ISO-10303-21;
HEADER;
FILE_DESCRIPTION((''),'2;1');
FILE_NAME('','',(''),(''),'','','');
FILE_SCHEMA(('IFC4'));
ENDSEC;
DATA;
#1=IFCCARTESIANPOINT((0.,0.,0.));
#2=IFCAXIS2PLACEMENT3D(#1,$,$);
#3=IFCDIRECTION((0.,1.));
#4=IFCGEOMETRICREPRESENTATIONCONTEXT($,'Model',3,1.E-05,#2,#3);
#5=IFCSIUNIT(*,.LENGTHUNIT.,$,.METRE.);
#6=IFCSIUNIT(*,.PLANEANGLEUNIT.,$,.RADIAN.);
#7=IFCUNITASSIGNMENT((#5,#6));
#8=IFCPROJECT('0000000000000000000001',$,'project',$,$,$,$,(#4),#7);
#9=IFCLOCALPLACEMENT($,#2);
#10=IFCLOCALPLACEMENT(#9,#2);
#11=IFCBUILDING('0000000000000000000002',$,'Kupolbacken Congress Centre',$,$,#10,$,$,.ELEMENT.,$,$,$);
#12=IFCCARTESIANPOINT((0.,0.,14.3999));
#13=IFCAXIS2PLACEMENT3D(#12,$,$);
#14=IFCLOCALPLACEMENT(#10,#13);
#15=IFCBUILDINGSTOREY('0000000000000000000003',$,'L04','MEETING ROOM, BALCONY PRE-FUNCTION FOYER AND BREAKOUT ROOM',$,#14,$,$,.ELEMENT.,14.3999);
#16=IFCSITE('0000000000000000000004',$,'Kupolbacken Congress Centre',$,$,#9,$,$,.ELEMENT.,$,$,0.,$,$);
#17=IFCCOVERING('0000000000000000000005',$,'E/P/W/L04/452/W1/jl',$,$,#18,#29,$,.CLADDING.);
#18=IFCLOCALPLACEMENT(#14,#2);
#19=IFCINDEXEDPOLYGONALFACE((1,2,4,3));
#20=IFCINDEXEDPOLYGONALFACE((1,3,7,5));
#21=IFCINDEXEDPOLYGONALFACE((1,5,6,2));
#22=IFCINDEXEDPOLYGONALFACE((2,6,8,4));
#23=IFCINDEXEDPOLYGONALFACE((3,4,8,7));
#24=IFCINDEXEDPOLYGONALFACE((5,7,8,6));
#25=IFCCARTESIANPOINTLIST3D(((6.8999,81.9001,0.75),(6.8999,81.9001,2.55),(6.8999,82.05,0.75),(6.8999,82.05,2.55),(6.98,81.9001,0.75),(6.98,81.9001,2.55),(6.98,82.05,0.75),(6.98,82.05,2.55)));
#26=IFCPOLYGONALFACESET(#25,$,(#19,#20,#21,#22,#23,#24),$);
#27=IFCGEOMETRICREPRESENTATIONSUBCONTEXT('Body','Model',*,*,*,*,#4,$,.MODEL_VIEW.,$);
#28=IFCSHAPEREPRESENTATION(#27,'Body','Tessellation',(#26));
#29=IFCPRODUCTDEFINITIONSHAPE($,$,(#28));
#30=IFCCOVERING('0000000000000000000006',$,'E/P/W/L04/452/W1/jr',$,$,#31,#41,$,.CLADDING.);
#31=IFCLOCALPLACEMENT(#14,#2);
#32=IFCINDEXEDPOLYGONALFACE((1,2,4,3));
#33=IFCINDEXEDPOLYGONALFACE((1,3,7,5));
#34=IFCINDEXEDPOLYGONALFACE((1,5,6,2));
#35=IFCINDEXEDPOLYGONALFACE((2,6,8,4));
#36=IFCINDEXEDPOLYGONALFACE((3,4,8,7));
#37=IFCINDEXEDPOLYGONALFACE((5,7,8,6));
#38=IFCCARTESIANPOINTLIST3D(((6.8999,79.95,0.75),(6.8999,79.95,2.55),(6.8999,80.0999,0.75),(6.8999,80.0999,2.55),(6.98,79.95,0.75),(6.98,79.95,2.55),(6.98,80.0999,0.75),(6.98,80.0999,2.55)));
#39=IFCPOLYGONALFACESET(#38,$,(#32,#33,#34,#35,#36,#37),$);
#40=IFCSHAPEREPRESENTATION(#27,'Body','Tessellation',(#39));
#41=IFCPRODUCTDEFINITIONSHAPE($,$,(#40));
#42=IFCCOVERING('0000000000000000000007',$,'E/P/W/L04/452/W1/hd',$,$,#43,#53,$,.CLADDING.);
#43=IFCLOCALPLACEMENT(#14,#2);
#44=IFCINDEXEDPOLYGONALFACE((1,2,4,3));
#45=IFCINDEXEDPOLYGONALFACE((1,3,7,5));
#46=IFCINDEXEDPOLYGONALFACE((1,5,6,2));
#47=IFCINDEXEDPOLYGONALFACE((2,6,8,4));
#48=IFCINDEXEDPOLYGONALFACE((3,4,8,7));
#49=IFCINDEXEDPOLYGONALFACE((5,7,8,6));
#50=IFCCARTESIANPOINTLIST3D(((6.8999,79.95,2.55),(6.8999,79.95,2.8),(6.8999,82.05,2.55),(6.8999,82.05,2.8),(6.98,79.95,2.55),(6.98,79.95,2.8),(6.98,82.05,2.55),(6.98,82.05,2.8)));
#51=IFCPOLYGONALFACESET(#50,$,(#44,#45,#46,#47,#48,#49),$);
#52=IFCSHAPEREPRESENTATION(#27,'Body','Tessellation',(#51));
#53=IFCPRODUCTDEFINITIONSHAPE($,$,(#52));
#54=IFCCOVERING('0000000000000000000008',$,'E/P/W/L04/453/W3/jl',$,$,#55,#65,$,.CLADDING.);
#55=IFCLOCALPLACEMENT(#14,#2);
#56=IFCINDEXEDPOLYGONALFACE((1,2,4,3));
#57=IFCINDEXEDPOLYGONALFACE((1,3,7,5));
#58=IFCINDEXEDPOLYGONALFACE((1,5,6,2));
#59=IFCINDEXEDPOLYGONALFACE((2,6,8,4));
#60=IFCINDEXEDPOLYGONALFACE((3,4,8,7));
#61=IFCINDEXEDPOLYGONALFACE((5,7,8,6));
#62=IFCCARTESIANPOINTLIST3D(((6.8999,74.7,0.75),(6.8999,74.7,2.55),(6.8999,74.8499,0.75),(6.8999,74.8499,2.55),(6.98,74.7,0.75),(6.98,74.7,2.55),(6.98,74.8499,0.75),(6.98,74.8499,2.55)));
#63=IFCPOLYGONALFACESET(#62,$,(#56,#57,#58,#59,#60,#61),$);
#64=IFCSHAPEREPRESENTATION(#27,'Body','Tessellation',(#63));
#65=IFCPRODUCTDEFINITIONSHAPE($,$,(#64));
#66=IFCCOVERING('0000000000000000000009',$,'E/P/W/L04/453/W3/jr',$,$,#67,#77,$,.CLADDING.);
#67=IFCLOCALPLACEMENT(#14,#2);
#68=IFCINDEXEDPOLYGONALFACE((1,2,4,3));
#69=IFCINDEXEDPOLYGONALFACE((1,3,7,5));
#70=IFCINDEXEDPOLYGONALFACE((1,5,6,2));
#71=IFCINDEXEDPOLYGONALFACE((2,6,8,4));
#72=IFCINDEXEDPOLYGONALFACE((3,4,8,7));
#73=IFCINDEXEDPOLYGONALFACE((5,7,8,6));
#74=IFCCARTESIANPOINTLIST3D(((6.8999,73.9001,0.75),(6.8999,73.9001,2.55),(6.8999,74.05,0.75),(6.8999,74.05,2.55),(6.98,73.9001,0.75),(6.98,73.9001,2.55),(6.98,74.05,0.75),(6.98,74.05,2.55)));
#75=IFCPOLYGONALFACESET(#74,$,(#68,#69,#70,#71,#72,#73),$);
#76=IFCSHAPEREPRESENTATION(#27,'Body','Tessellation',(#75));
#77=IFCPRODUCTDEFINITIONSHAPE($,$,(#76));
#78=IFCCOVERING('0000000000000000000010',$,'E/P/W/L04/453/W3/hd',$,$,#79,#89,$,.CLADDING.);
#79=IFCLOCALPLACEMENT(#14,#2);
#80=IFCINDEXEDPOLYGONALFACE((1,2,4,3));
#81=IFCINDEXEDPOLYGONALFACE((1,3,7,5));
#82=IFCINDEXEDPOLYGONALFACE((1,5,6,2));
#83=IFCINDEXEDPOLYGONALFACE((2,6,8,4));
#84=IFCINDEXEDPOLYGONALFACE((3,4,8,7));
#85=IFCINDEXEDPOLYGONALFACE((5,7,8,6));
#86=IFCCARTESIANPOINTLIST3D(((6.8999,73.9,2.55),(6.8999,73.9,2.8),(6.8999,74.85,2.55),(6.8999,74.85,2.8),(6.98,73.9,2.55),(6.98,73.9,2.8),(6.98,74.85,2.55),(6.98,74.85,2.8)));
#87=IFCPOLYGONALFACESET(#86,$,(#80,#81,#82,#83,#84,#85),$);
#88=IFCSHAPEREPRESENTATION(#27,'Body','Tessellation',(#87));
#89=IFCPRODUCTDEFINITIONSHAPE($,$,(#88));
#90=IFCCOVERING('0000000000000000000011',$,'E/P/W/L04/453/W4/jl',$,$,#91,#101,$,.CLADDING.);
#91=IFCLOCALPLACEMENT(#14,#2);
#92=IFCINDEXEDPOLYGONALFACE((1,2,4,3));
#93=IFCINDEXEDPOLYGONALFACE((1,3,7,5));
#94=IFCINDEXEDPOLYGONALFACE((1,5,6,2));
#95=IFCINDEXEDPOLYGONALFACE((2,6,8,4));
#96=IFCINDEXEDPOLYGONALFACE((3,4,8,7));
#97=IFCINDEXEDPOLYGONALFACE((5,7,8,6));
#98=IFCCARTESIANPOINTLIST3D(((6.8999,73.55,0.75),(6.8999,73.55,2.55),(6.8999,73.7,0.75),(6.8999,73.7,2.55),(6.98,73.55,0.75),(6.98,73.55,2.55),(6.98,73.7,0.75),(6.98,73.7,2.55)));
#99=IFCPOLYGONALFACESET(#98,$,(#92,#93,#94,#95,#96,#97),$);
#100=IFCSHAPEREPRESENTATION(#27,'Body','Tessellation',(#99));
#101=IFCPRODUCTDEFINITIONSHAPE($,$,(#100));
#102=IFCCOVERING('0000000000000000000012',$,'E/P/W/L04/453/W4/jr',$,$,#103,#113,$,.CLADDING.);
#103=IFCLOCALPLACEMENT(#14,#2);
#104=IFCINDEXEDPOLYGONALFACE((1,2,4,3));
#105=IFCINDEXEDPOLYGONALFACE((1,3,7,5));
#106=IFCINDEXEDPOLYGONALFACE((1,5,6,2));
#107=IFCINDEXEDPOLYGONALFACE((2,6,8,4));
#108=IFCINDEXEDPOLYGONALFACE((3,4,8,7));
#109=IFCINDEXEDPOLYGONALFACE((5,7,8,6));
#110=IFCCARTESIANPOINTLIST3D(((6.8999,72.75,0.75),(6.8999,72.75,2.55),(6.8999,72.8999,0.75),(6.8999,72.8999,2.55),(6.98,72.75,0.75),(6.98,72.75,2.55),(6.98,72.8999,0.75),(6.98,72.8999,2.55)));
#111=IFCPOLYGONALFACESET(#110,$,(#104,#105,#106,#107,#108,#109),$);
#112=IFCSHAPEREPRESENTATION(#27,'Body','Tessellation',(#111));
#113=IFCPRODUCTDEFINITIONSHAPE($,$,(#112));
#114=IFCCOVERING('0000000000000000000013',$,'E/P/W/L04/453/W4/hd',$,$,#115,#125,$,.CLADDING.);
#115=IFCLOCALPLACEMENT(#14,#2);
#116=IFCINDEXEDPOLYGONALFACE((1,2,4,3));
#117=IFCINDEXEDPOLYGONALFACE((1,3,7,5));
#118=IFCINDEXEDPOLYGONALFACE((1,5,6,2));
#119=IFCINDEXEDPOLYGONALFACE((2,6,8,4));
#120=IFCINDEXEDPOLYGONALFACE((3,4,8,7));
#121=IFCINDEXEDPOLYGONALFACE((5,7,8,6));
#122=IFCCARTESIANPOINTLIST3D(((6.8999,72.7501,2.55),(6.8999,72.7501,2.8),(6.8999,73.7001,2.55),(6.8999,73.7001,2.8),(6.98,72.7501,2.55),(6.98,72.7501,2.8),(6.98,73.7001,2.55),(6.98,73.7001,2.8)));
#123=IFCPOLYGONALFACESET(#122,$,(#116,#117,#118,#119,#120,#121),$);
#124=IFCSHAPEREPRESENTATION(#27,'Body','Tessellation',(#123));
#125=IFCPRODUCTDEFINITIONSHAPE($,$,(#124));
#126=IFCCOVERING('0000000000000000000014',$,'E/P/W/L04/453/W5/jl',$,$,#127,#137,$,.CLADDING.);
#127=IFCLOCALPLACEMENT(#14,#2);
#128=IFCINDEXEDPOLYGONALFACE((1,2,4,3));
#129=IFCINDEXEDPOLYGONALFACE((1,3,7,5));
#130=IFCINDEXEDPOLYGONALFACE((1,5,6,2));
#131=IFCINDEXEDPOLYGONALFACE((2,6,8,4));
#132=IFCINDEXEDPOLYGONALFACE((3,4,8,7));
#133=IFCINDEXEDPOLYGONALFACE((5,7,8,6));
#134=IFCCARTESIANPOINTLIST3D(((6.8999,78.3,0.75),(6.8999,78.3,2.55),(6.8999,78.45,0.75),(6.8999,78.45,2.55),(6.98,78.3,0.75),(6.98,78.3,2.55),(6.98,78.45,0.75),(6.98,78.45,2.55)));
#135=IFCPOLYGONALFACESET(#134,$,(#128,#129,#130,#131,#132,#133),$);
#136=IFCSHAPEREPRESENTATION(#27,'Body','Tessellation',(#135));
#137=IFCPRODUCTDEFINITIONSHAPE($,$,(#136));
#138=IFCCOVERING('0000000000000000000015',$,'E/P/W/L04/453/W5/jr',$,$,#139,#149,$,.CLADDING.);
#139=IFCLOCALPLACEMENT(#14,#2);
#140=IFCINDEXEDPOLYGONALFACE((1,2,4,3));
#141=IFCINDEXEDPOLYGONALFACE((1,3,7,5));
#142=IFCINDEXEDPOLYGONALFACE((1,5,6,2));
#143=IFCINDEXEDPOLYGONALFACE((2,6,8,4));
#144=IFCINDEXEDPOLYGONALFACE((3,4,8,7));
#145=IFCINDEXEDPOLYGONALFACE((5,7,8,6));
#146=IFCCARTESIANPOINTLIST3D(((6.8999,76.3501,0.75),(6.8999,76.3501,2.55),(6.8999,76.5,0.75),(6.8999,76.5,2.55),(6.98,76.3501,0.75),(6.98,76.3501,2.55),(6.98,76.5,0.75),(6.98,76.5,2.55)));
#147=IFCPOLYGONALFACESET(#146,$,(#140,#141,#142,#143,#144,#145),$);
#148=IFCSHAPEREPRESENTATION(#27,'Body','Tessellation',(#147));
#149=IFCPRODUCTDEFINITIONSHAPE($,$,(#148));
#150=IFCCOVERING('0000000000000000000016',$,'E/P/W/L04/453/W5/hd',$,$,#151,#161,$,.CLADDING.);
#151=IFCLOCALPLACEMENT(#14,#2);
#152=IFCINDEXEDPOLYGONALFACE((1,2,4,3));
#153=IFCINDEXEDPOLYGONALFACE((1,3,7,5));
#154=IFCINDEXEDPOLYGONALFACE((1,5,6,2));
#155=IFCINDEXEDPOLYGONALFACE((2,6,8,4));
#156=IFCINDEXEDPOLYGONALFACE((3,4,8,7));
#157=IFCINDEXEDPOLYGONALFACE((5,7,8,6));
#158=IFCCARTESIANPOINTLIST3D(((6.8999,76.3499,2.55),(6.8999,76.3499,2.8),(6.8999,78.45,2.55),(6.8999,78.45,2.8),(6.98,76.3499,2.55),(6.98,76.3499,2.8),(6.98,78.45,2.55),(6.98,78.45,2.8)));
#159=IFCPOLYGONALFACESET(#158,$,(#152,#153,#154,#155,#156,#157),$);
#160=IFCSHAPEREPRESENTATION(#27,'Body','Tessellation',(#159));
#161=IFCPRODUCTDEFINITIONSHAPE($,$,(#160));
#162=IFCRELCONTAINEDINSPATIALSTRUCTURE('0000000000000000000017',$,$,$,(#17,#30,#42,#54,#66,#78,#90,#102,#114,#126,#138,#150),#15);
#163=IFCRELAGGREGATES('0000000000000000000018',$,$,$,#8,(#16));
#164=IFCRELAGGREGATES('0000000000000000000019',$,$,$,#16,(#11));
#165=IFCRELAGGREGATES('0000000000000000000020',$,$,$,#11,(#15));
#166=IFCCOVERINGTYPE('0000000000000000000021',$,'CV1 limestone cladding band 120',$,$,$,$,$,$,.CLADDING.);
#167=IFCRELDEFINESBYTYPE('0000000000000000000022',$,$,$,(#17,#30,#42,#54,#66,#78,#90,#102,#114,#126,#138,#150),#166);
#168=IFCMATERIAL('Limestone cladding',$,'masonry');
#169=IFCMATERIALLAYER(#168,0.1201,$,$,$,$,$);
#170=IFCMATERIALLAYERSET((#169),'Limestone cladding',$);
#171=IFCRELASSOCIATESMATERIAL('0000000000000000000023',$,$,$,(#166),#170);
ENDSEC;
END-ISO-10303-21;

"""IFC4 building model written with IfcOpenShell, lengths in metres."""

from ifc_helpers import new_model, si_unit, direction, frame, origin, origin_2d, place, context, subcontext, project, spatial, rectangle, extrude, material, layer, layer_set, type_object, element, save


model = new_model("IFC4")

# Units and contexts
model_context = context("Model", 3, precision=1e-05, world=origin(), true_north=direction((0.0, 1.0)))
body_context = subcontext(model_context, "Body", "Model", "MODEL_VIEW")
ifc_project = project(units=[si_unit("LENGTHUNIT", "METRE"), si_unit("PLANEANGLEUNIT", "RADIAN")], contexts=[model_context])

# Site, building, storey
site_placement = place(None, origin())
site = spatial("IfcSite", under=ifc_project, at=site_placement, Name="Kupolbacken Congress Centre", CompositionType="ELEMENT", RefElevation=0.0)
building_placement = place(site_placement, origin())
building = spatial("IfcBuilding", under=site, at=building_placement, Name="Kupolbacken Congress Centre", CompositionType="ELEMENT")
storey_placement = place(building_placement, frame((0.0, 0.0, 14.3999)))
storey = spatial("IfcBuildingStorey", under=building, at=storey_placement, Name="L04", Description="MEETING ROOM, BALCONY PRE-FUNCTION FOYER AND BREAKOUT ROOM", CompositionType="ELEMENT", Elevation=14.3999)

# Coverings
ifc_material_1 = material(Name="Limestone cladding", Category="masonry")
ifc_layer_1 = layer(ifc_material_1, 0.1201)
ifc_layer_set_1 = layer_set([ifc_layer_1], Name="Limestone cladding")
covering_type = type_object("IfcCoveringType", Name="CV1 limestone cladding band 120", PredefinedType="CLADDING", material=ifc_layer_set_1)
for number, where, z_axis, x_axis, name in (
    (1, (6.9399, 81.9751, 0.75), (0.0, 0.0, 1.0), (0.0, -1.0, 0.0), "E/P/W/L04/452/W1/jl"),
    (2, (6.9399, 80.0249, 0.75), (0.0, 0.0, 1.0), (0.0, -1.0, 0.0), "E/P/W/L04/452/W1/jr"),
):
    element("IfcCovering", number, at=place(storey_placement, frame(where, z_axis=z_axis, x_axis=x_axis)), inside=storey, type_object=covering_type, Name=name, PredefinedType="CLADDING", context=body_context, shape_type="SweptSolid", body=[
        extrude(rectangle(XDim=0.1499, YDim=0.0801, at=origin_2d()), origin(), (0.0, 0.0, 1.0), 1.8),
    ])
covering_1_placement = place(storey_placement, frame((6.9399, 81.0, 2.55), z_axis=(0.0, 0.0, 1.0), x_axis=(0.0, -1.0, 0.0)))
element("IfcCovering", 3, at=covering_1_placement, inside=storey, type_object=covering_type, Name="E/P/W/L04/452/W1/hd", PredefinedType="CLADDING", context=body_context, shape_type="SweptSolid", body=[
    extrude(rectangle(XDim=2.1001, YDim=0.0801, at=origin_2d()), origin(), (0.0, 0.0, 1.0), 0.25),
])
for number, where, z_axis, x_axis, name in (
    (4, (6.9399, 74.7749, 0.75), (0.0, 0.0, 1.0), (0.0, -1.0, 0.0), "E/P/W/L04/453/W3/jl"),
    (5, (6.9399, 73.9751, 0.75), (0.0, 0.0, 1.0), (0.0, -1.0, 0.0), "E/P/W/L04/453/W3/jr"),
):
    element("IfcCovering", number, at=place(storey_placement, frame(where, z_axis=z_axis, x_axis=x_axis)), inside=storey, type_object=covering_type, Name=name, PredefinedType="CLADDING", context=body_context, shape_type="SweptSolid", body=[
        extrude(rectangle(XDim=0.1499, YDim=0.0801, at=origin_2d()), origin(), (0.0, 0.0, 1.0), 1.8),
    ])
covering_2_placement = place(storey_placement, frame((6.9399, 74.375, 2.55), z_axis=(0.0, 0.0, 1.0), x_axis=(0.0, -1.0, 0.0)))
element("IfcCovering", 6, at=covering_2_placement, inside=storey, type_object=covering_type, Name="E/P/W/L04/453/W3/hd", PredefinedType="CLADDING", context=body_context, shape_type="SweptSolid", body=[
    extrude(rectangle(XDim=0.95, YDim=0.0801, at=origin_2d()), origin(), (0.0, 0.0, 1.0), 0.25),
])
for number, where, z_axis, x_axis, name in (
    (7, (6.9399, 73.625, 0.75), (0.0, 0.0, 1.0), (0.0, -1.0, 0.0), "E/P/W/L04/453/W4/jl"),
    (8, (6.9399, 72.825, 0.75), (0.0, 0.0, 1.0), (0.0, -1.0, 0.0), "E/P/W/L04/453/W4/jr"),
):
    element("IfcCovering", number, at=place(storey_placement, frame(where, z_axis=z_axis, x_axis=x_axis)), inside=storey, type_object=covering_type, Name=name, PredefinedType="CLADDING", context=body_context, shape_type="SweptSolid", body=[
        extrude(rectangle(XDim=0.1499, YDim=0.0801, at=origin_2d()), origin(), (0.0, 0.0, 1.0), 1.8),
    ])
covering_3_placement = place(storey_placement, frame((6.9399, 73.2251, 2.55), z_axis=(0.0, 0.0, 1.0), x_axis=(0.0, -1.0, 0.0)))
element("IfcCovering", 9, at=covering_3_placement, inside=storey, type_object=covering_type, Name="E/P/W/L04/453/W4/hd", PredefinedType="CLADDING", context=body_context, shape_type="SweptSolid", body=[
    extrude(rectangle(XDim=0.95, YDim=0.0801, at=origin_2d()), origin(), (0.0, 0.0, 1.0), 0.25),
])
for number, where, z_axis, x_axis, name in (
    (10, (6.9399, 78.375, 0.75), (0.0, 0.0, 1.0), (0.0, -1.0, 0.0), "E/P/W/L04/453/W5/jl"),
    (11, (6.9399, 76.425, 0.75), (0.0, 0.0, 1.0), (0.0, -1.0, 0.0), "E/P/W/L04/453/W5/jr"),
):
    element("IfcCovering", number, at=place(storey_placement, frame(where, z_axis=z_axis, x_axis=x_axis)), inside=storey, type_object=covering_type, Name=name, PredefinedType="CLADDING", context=body_context, shape_type="SweptSolid", body=[
        extrude(rectangle(XDim=0.1499, YDim=0.0801, at=origin_2d()), origin(), (0.0, 0.0, 1.0), 1.8),
    ])
covering_4_placement = place(storey_placement, frame((6.9399, 77.3999, 2.55), z_axis=(0.0, 0.0, 1.0), x_axis=(0.0, -1.0, 0.0)))
element("IfcCovering", 12, at=covering_4_placement, inside=storey, type_object=covering_type, Name="E/P/W/L04/453/W5/hd", PredefinedType="CLADDING", context=body_context, shape_type="SweptSolid", body=[
    extrude(rectangle(XDim=2.1001, YDim=0.0801, at=origin_2d()), origin(), (0.0, 0.0, 1.0), 0.25),
])

save(model, "model.ifc")
